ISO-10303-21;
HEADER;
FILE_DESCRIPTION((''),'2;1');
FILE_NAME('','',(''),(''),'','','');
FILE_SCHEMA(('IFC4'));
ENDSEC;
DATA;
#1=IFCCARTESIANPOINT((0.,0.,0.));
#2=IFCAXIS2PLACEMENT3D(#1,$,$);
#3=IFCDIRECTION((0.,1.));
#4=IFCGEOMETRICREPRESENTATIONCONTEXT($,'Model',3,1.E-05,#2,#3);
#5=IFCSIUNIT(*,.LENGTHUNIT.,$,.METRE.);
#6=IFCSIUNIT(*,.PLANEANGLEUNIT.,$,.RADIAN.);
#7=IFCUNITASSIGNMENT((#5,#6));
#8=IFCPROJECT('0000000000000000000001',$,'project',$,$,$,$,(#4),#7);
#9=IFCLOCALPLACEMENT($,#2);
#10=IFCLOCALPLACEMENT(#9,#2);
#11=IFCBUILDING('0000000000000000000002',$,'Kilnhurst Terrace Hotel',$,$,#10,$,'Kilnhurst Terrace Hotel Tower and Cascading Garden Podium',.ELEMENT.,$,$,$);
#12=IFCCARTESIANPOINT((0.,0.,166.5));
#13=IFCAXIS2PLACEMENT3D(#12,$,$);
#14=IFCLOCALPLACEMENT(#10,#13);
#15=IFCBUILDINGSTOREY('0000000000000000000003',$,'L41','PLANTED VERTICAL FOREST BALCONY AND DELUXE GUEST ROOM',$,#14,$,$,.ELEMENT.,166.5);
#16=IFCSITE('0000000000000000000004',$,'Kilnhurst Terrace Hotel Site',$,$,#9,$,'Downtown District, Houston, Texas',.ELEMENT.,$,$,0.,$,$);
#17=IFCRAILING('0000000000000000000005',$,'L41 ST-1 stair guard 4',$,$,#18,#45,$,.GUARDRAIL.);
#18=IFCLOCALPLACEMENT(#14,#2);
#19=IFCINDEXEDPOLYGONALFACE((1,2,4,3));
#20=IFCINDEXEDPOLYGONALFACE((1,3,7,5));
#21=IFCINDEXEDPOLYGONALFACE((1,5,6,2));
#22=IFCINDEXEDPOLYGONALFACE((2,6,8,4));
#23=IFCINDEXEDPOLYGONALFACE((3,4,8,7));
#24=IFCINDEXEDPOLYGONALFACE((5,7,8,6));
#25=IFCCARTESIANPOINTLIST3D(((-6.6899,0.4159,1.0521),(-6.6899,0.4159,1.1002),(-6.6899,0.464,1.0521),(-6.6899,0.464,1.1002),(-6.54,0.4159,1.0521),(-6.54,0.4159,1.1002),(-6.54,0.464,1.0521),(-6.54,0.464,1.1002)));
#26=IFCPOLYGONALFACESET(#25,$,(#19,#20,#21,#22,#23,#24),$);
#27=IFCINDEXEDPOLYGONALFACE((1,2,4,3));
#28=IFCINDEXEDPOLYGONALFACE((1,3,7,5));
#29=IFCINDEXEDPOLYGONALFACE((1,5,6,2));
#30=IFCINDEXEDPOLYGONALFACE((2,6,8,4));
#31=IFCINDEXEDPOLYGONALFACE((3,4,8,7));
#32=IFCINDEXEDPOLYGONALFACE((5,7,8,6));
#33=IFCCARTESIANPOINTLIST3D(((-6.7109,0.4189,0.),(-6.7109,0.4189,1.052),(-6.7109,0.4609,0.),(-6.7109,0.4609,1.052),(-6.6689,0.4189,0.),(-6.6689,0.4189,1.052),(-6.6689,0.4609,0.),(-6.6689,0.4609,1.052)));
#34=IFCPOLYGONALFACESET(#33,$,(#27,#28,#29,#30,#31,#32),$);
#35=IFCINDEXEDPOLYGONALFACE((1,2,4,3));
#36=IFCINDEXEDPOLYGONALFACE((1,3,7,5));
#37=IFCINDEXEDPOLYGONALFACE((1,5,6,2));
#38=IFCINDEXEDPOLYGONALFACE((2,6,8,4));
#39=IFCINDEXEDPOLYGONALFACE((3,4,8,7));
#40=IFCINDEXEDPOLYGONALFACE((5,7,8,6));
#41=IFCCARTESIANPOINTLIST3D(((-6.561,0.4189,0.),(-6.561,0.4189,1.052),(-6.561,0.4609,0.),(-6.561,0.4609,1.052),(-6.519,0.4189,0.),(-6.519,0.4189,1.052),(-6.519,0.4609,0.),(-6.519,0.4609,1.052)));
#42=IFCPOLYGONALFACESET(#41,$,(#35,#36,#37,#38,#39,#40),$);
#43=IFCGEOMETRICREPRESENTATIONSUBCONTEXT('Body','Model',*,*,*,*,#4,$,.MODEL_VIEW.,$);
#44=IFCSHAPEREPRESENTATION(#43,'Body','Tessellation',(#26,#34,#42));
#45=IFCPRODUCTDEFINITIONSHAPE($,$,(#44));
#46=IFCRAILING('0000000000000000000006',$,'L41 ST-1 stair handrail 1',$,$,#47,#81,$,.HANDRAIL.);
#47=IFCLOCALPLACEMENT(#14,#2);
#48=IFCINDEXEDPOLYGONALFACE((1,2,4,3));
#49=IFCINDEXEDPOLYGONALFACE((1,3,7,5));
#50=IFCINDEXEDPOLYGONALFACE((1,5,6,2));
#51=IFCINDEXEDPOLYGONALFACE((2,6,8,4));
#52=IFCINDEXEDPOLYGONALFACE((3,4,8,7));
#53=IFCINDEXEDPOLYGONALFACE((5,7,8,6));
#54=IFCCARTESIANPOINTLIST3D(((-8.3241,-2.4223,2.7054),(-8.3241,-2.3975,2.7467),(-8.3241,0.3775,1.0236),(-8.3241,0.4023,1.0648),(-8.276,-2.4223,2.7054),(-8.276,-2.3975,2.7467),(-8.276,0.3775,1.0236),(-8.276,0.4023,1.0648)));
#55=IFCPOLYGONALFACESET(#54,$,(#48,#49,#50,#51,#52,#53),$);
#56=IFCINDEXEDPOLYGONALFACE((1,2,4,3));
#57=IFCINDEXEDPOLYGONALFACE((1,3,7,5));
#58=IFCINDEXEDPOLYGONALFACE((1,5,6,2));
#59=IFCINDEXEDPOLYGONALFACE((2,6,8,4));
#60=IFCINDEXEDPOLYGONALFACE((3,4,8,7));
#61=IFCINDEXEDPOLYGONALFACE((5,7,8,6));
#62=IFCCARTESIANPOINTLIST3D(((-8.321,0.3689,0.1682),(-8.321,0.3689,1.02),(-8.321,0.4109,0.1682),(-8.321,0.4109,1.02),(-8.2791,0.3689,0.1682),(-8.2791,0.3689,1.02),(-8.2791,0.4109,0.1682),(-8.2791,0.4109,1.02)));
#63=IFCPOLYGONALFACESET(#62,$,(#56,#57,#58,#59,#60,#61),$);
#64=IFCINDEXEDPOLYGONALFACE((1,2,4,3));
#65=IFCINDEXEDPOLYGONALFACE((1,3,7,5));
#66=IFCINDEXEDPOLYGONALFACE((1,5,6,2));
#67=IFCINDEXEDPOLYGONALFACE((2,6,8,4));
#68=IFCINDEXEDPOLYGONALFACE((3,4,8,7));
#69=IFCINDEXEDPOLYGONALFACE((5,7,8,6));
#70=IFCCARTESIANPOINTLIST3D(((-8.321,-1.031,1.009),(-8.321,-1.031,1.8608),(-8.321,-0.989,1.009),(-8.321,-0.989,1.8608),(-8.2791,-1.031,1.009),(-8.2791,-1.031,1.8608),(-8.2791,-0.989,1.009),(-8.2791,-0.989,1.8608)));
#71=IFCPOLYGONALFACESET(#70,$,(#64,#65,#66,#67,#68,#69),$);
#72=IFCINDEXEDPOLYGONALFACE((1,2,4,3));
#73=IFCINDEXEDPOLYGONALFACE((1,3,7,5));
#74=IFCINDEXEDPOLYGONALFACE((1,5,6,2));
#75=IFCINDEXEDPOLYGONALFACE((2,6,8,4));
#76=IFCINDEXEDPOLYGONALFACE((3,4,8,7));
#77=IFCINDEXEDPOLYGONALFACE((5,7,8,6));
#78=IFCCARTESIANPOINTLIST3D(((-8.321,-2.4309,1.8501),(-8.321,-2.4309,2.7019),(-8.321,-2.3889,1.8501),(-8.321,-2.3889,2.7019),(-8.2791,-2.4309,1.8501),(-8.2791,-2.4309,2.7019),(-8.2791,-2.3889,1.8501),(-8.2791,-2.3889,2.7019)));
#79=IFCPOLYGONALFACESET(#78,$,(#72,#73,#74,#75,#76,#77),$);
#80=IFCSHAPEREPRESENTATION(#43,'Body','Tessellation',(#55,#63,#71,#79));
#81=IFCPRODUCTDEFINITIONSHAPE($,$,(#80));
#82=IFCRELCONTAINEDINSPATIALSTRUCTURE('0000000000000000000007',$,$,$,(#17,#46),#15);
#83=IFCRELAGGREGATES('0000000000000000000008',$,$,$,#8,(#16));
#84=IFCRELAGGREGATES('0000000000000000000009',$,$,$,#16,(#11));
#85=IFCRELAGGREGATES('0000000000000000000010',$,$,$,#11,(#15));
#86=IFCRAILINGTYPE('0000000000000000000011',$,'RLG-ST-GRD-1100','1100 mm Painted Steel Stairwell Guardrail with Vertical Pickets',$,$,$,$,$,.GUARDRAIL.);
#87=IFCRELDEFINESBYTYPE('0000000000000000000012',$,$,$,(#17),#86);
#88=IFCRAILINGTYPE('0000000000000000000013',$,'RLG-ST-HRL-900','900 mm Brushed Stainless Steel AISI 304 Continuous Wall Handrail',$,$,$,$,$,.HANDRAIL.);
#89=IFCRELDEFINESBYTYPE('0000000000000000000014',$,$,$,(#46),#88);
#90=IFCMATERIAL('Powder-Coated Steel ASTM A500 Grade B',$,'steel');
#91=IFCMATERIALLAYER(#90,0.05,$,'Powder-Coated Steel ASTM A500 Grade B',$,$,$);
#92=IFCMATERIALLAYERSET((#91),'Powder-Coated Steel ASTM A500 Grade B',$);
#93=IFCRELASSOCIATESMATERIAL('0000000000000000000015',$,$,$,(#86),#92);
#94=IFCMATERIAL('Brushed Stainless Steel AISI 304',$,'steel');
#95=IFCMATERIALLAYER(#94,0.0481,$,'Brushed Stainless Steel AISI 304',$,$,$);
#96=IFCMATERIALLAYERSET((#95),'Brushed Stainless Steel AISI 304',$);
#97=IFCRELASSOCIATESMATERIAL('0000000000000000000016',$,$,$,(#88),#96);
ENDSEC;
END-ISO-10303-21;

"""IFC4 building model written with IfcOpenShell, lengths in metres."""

from ifc_helpers import new_model, si_unit, direction, frame, origin, origin_2d, place, context, subcontext, project, spatial, rectangle, extrude, material, layer, layer_set, type_object, element, save


model = new_model("IFC4")

# Units and contexts
model_context = context("Model", 3, precision=1e-05, world=origin(), true_north=direction((0.0, 1.0)))
body_context = subcontext(model_context, "Body", "Model", "MODEL_VIEW")
ifc_project = project(units=[si_unit("LENGTHUNIT", "METRE"), si_unit("PLANEANGLEUNIT", "RADIAN")], contexts=[model_context])

# Site, building, storey
site_placement = place(None, origin())
site = spatial("IfcSite", under=ifc_project, at=site_placement, Name="Kilnhurst Terrace Hotel Site", LongName="Downtown District, Houston, Texas", CompositionType="ELEMENT", RefElevation=0.0)
building_placement = place(site_placement, origin())
building = spatial("IfcBuilding", under=site, at=building_placement, Name="Kilnhurst Terrace Hotel", LongName="Kilnhurst Terrace Hotel Tower and Cascading Garden Podium", CompositionType="ELEMENT")
storey_placement = place(building_placement, frame((0.0, 0.0, 166.5)))
storey = spatial("IfcBuildingStorey", under=building, at=storey_placement, Name="L41", Description="PLANTED VERTICAL FOREST BALCONY AND DELUXE GUEST ROOM", CompositionType="ELEMENT", Elevation=166.5)

# Railings
ifc_material_1 = material(Name="Powder-Coated Steel ASTM A500 Grade B", Category="steel")
ifc_layer_1 = layer(ifc_material_1, 0.05, Name="Powder-Coated Steel ASTM A500 Grade B")
ifc_layer_set_1 = layer_set([ifc_layer_1], Name="Powder-Coated Steel ASTM A500 Grade B")
railing_type_1 = type_object("IfcRailingType", Name="RLG-ST-GRD-1100", Description="1100 mm Painted Steel Stairwell Guardrail with Vertical Pickets", PredefinedType="GUARDRAIL", material=ifc_layer_set_1)
railing_1_placement = place(storey_placement, frame((-6.6899, 0.4399, 0.0)))
element("IfcRailing", 1, at=railing_1_placement, inside=storey, type_object=railing_type_1, Name="L41 ST-1 stair guard 4", PredefinedType="GUARDRAIL", context=body_context, shape_type="SweptSolid", body=[
    extrude(rectangle(XDim=0.0481, YDim=0.0481, at=origin_2d()), frame((0.0, 0.0, 1.0762), z_axis=(1.0, 0.0, 0.0), x_axis=(0.0, 1.0, 0.0)), (0.0, 0.0, 1.0), 0.1499),
    extrude(rectangle(XDim=0.042, YDim=0.042, at=origin_2d()), origin(), (0.0, 0.0, 1.0), 1.052),
    extrude(rectangle(XDim=0.042, YDim=0.042, at=origin_2d()), frame((0.1499, 0.0, 0.0)), (0.0, 0.0, 1.0), 1.052),
])
ifc_material_2 = material(Name="Brushed Stainless Steel AISI 304", Category="steel")
ifc_layer_2 = layer(ifc_material_2, 0.0481, Name="Brushed Stainless Steel AISI 304")
ifc_layer_set_2 = layer_set([ifc_layer_2], Name="Brushed Stainless Steel AISI 304")
railing_type_2 = type_object("IfcRailingType", Name="RLG-ST-HRL-900", Description="900 mm Brushed Stainless Steel AISI 304 Continuous Wall Handrail", PredefinedType="HANDRAIL", material=ifc_layer_set_2)
railing_2_placement = place(storey_placement, frame((-8.3, 0.3899, 0.1682)))
element("IfcRailing", 2, at=railing_2_placement, inside=storey, type_object=railing_type_2, Name="L41 ST-1 stair handrail 1", PredefinedType="HANDRAIL", context=body_context, shape_type="SweptSolid", body=[
    extrude(rectangle(XDim=0.0481, YDim=0.0481, at=origin_2d()), frame((0.0, 0.0, 0.876), z_axis=(0.0, -0.857222, 0.514946), x_axis=(1.0, 0.0, 0.0)), (0.0, 0.0, 1.0), 3.2661),
    extrude(rectangle(XDim=0.042, YDim=0.042, at=origin_2d()), origin(), (0.0, 0.0, 1.0), 0.8518),
    extrude(rectangle(XDim=0.042, YDim=0.042, at=origin_2d()), frame((0.0, -1.3999, 0.8408)), (0.0, 0.0, 1.0), 0.8518),
    extrude(rectangle(XDim=0.042, YDim=0.042, at=origin_2d()), frame((0.0, -2.7998, 1.6819)), (0.0, 0.0, 1.0), 0.8518),
])

save(model, "model.ifc")
